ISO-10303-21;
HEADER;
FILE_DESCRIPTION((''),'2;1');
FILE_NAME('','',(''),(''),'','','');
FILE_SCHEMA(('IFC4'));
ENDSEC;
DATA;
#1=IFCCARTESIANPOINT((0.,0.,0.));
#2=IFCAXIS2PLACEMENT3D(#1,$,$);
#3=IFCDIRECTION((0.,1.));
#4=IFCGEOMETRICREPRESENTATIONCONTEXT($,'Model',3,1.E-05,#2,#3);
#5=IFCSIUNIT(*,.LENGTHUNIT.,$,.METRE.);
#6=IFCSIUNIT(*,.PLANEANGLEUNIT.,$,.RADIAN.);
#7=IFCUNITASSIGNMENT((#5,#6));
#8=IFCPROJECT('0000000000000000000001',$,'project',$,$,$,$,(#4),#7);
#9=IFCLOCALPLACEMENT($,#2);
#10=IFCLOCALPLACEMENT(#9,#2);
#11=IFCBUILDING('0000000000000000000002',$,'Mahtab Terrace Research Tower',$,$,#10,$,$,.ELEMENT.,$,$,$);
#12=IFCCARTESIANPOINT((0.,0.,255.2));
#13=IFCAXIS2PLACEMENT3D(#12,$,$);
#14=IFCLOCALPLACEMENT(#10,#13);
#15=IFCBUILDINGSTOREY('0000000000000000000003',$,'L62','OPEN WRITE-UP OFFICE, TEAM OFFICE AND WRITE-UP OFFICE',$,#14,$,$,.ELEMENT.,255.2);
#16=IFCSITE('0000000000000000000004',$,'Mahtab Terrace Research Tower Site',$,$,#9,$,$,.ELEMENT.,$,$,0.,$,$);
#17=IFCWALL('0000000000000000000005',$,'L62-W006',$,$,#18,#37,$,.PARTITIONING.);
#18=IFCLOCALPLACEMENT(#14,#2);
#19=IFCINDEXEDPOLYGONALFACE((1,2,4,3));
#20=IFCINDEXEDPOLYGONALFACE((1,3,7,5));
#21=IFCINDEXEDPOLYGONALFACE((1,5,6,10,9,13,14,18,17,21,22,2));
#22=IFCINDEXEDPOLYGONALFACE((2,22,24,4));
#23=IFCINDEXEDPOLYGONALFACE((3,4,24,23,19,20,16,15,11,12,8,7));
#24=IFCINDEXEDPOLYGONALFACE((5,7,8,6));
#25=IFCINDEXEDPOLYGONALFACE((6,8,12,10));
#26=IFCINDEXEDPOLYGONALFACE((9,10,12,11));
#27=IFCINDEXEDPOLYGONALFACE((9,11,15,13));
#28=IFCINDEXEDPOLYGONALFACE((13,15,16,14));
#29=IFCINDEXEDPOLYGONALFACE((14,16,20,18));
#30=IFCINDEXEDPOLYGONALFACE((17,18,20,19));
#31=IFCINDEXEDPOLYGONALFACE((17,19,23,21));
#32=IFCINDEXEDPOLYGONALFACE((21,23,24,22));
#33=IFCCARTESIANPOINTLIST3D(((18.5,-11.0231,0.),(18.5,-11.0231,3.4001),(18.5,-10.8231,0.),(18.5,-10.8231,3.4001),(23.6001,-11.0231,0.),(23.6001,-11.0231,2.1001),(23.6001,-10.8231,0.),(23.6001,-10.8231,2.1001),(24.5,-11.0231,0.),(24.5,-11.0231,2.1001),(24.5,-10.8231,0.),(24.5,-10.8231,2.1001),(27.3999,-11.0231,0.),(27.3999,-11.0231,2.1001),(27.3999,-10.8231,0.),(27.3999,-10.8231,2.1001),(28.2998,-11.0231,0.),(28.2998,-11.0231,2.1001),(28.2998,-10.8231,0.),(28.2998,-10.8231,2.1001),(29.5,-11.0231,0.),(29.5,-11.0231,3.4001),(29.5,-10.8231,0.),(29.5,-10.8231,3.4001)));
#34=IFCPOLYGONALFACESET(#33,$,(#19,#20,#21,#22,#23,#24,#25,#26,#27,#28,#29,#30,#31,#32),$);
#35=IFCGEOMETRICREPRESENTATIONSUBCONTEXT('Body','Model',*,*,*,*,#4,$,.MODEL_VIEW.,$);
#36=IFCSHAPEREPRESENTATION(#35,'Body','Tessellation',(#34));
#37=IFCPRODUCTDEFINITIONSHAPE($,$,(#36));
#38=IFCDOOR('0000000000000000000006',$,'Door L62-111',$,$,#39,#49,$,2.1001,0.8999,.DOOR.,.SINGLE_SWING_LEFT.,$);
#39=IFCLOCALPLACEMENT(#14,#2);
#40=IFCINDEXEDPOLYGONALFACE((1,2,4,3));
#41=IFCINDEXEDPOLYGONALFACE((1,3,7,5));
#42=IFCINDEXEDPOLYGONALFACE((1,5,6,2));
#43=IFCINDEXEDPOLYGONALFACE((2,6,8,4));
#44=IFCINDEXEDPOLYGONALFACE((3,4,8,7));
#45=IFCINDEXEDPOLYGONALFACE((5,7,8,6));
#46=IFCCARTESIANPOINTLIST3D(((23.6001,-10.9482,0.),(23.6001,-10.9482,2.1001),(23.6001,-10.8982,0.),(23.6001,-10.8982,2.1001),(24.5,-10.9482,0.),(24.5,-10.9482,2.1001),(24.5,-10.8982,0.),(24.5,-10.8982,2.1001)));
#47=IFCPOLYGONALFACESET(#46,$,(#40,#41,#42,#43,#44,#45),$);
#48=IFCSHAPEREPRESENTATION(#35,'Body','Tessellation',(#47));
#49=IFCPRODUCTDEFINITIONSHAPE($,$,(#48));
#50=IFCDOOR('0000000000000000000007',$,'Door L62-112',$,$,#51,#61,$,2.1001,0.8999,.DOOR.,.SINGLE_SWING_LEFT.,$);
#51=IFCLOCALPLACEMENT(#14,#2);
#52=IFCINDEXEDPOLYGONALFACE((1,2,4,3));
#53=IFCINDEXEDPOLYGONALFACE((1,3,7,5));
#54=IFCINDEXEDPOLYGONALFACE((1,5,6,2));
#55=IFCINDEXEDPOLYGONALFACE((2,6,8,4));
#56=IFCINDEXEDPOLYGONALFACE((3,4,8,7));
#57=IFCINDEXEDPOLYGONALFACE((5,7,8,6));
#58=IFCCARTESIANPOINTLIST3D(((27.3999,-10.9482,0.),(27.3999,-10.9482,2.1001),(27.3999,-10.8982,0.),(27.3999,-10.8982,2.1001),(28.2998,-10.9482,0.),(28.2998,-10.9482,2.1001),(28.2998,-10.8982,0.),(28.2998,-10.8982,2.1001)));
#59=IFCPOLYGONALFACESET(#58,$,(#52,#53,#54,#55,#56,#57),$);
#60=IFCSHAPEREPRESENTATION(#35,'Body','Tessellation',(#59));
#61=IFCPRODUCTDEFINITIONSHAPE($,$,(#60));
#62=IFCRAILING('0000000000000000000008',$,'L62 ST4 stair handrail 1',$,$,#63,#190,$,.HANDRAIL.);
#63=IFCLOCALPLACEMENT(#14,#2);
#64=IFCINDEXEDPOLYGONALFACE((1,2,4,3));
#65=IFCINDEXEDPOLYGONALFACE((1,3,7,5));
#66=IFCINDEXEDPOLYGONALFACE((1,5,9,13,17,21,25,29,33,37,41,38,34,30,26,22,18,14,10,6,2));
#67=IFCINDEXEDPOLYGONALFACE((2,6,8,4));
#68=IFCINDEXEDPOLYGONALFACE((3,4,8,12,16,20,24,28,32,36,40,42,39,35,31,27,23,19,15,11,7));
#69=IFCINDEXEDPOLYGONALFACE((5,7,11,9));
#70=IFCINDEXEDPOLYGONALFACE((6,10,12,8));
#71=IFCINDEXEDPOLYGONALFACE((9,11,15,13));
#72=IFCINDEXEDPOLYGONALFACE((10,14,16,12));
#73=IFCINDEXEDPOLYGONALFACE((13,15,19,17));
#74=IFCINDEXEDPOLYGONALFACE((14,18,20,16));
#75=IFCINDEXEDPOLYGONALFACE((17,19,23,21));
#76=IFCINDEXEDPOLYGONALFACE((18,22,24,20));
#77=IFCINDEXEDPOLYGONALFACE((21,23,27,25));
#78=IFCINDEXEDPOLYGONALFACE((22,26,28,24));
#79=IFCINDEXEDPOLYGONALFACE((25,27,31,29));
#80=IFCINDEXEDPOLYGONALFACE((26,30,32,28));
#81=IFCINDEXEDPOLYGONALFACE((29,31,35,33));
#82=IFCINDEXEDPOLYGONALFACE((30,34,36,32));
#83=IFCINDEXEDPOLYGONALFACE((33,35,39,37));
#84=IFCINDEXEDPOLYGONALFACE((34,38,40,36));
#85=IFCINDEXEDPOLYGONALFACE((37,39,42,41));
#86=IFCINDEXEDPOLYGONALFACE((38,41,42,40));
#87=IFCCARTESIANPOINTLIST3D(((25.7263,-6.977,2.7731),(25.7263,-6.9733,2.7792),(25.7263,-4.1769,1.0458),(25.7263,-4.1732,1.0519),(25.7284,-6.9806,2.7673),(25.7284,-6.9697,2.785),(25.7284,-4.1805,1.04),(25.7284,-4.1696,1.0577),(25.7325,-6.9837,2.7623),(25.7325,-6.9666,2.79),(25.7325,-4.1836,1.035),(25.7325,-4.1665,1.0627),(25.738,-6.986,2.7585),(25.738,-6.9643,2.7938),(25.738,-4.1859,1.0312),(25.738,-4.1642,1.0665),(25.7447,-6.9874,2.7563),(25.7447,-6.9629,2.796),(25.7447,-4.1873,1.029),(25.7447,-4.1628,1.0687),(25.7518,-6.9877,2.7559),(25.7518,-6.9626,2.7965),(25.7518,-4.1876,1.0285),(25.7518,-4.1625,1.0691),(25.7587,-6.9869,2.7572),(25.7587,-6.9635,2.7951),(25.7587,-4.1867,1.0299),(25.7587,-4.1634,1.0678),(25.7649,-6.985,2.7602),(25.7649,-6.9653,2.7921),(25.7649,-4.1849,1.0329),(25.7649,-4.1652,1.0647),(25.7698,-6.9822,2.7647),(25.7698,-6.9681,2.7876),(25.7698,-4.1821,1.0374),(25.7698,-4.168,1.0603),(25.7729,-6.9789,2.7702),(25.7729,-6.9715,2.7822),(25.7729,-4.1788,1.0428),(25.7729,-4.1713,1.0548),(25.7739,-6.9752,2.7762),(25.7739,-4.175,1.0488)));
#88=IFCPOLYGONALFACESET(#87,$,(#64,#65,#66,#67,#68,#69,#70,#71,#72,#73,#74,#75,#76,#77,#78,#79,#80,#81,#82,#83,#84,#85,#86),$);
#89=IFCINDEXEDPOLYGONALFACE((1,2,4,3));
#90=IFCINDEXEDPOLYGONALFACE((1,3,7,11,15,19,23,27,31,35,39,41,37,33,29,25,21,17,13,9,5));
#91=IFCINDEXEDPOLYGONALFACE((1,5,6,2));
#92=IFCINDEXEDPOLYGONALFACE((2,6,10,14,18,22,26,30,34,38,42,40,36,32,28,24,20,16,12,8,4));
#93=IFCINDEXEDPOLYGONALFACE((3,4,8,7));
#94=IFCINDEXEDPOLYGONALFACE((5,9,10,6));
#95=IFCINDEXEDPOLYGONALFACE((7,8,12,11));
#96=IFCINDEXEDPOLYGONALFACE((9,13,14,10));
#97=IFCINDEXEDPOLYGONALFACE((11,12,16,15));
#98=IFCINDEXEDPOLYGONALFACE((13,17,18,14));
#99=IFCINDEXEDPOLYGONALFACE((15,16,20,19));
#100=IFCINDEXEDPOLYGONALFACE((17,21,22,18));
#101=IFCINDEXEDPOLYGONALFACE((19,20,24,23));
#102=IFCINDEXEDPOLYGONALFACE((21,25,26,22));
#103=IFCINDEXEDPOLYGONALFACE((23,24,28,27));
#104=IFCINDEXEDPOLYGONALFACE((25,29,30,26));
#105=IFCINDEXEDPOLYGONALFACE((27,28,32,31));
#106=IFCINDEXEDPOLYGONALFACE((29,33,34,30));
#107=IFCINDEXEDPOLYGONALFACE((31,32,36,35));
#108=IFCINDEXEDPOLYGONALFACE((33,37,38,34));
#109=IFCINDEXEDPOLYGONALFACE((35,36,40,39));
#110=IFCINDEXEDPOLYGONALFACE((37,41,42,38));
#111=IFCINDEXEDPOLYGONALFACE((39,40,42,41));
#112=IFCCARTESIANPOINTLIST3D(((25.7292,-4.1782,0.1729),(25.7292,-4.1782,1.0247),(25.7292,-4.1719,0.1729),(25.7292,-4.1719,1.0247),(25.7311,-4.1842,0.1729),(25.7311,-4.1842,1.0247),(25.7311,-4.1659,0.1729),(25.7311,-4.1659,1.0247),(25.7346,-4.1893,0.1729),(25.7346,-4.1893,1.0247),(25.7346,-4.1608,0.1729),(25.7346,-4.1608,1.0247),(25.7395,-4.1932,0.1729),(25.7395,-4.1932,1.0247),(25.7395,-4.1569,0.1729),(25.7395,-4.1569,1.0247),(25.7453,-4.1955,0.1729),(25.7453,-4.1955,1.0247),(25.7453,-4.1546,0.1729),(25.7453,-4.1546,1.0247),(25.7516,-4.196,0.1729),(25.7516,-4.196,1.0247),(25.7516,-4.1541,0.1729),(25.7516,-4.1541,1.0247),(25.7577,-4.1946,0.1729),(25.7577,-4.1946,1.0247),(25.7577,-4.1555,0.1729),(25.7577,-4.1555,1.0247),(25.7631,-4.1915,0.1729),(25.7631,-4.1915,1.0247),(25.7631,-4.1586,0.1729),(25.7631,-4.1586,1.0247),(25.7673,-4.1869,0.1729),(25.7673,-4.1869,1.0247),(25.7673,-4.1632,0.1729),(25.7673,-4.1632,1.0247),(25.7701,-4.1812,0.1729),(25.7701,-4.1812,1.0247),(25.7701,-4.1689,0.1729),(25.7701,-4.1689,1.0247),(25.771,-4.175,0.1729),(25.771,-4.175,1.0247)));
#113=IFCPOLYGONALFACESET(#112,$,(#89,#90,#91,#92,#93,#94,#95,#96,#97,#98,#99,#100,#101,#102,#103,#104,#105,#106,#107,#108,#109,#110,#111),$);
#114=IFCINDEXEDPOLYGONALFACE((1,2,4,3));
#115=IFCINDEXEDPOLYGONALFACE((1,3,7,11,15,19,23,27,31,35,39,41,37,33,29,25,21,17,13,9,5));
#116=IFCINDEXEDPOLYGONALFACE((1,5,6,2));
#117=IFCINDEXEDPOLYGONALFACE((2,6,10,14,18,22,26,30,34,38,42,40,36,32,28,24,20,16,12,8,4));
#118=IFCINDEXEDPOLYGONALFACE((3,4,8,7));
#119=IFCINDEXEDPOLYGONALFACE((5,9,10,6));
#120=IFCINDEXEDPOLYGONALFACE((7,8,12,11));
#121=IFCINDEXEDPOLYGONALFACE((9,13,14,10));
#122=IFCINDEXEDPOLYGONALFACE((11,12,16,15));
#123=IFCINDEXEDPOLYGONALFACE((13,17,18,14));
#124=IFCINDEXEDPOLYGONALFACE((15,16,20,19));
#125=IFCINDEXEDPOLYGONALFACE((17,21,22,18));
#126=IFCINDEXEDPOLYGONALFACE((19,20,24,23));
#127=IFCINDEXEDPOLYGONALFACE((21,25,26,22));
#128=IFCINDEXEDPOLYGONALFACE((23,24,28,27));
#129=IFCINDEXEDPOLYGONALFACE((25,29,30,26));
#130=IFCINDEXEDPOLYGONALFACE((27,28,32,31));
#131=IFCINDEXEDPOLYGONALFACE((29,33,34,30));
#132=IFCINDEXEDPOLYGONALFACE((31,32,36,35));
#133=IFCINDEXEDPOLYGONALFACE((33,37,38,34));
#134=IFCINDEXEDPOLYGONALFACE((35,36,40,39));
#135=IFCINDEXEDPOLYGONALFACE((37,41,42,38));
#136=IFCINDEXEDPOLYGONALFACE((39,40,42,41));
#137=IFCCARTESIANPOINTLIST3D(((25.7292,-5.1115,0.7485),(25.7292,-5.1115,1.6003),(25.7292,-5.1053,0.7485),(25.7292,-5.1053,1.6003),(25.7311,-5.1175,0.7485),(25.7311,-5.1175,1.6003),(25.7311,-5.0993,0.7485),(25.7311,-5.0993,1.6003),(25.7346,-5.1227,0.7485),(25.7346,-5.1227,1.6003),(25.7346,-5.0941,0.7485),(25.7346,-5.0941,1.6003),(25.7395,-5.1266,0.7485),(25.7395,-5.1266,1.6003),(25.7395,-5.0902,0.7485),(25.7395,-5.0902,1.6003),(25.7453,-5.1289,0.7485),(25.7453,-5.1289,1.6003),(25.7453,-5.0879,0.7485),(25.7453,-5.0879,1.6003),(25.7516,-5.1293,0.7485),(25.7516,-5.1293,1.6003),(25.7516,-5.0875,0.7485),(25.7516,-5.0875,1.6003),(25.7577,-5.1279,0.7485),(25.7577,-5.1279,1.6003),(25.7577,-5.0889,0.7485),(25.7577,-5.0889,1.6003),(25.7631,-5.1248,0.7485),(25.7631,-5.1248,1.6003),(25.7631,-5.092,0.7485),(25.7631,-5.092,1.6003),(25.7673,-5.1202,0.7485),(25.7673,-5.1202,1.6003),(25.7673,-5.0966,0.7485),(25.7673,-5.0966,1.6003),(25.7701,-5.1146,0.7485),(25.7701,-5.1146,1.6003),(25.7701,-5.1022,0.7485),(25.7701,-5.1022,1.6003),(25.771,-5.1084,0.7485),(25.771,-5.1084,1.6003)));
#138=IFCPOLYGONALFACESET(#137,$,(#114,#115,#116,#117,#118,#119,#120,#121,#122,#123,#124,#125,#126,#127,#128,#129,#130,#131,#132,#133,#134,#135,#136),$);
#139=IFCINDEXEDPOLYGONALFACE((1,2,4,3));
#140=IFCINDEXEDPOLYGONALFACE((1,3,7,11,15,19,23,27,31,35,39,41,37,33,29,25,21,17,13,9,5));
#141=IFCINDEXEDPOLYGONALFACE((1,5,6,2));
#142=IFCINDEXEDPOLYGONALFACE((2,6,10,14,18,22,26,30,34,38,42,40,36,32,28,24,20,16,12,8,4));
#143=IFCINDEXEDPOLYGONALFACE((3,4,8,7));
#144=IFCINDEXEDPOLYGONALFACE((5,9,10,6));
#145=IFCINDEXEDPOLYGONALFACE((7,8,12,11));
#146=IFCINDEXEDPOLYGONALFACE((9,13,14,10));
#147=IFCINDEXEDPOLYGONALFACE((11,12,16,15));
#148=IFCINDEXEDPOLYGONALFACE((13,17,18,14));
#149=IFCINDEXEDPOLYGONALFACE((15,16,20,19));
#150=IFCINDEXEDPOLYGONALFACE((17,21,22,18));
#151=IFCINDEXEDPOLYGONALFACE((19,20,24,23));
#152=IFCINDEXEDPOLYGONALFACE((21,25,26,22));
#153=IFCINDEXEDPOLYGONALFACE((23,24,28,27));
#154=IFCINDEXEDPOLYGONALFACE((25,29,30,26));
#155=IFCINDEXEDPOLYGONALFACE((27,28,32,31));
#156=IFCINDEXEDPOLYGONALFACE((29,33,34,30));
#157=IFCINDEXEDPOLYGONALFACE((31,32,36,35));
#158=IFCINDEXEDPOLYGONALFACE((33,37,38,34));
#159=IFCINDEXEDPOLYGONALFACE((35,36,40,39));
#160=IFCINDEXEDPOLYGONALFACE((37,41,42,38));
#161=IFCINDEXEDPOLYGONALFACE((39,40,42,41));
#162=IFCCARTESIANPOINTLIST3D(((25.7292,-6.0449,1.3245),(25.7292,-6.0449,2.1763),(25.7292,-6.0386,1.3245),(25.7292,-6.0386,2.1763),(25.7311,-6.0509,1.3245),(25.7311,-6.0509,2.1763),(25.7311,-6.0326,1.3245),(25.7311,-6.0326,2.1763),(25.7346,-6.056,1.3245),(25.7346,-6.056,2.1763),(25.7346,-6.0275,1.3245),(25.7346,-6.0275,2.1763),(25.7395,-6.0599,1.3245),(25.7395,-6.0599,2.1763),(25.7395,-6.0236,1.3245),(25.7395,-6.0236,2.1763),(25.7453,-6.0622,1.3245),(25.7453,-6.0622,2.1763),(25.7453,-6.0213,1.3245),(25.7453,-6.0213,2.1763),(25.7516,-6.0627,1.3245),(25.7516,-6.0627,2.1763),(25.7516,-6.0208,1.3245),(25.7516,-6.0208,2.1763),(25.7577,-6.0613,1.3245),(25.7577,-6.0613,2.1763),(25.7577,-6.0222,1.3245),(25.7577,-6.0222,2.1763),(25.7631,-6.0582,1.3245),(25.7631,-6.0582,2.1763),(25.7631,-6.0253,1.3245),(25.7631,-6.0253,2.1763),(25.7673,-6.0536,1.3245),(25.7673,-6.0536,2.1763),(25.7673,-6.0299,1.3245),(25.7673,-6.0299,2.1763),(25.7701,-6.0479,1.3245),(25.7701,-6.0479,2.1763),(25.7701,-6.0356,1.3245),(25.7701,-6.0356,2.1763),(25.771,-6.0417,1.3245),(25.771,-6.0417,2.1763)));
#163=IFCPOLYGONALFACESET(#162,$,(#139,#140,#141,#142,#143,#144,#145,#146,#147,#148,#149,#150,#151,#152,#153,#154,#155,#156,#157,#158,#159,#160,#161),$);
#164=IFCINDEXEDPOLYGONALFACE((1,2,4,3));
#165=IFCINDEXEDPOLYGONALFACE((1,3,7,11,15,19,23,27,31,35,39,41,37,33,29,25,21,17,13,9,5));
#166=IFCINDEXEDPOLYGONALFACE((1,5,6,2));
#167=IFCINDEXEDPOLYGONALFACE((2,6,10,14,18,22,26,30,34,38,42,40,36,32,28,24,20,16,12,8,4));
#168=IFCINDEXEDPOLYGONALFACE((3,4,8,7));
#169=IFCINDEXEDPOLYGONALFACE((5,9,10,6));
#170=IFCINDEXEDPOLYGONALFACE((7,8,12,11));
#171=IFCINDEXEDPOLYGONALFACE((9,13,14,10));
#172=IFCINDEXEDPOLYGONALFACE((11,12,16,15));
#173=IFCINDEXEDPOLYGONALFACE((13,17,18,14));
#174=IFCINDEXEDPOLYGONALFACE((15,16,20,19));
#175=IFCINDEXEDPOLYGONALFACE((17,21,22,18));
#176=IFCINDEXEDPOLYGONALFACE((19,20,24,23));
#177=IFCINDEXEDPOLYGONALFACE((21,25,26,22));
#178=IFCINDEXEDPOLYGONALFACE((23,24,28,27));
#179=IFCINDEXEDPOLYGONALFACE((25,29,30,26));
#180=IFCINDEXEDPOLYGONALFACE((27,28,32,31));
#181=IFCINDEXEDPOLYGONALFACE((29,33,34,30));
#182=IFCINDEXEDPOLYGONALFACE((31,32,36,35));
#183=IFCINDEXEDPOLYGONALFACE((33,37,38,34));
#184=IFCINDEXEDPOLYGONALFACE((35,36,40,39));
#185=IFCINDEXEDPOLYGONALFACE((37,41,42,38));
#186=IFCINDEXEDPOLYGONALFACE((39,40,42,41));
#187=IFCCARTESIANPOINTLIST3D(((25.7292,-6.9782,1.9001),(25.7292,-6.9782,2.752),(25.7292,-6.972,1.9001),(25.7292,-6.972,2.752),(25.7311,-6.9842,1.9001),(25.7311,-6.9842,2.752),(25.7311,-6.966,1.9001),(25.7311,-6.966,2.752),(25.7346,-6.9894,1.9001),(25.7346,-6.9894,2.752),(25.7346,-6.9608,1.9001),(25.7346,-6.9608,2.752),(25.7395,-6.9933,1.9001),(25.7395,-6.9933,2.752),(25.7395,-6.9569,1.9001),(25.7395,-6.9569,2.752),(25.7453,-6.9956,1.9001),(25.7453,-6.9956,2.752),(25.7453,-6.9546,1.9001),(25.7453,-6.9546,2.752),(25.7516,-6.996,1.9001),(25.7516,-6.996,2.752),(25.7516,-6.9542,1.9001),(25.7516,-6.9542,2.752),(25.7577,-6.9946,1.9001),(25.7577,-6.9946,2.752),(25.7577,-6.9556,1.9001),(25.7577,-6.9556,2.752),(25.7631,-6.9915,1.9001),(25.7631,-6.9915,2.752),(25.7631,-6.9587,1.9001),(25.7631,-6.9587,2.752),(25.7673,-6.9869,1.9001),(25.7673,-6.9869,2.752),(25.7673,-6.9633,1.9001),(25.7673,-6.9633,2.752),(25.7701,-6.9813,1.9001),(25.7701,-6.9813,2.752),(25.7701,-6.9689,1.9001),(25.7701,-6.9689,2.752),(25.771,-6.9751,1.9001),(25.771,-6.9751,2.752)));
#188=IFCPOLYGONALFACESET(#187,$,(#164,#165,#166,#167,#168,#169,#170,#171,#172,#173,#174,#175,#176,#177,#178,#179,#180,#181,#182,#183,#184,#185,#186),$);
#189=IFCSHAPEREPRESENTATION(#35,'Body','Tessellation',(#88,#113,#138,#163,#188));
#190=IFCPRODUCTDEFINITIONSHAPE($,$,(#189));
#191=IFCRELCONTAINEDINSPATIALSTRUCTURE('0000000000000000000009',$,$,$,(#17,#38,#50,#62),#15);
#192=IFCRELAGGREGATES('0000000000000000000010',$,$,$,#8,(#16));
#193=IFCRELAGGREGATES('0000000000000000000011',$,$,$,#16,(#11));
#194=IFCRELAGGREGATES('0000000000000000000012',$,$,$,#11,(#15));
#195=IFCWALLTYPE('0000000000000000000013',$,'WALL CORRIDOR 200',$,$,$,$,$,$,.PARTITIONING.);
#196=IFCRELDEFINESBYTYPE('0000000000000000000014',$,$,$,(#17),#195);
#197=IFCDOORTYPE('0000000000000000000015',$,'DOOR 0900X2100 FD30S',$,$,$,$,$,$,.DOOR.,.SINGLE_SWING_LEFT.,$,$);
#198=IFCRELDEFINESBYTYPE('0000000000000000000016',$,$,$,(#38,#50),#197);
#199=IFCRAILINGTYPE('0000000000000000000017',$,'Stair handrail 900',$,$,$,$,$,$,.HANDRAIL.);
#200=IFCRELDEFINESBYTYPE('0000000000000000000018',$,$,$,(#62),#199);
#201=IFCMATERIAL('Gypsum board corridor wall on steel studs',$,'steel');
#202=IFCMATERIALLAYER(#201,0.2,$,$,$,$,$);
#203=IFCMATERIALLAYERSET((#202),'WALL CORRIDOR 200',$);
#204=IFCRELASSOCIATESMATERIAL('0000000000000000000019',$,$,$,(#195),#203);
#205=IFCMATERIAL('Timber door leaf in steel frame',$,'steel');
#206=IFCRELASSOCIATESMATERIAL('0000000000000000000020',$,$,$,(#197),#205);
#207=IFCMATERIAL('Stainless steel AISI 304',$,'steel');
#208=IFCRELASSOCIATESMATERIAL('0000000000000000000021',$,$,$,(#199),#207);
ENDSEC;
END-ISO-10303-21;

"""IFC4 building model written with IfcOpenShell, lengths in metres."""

from ifc_helpers import new_model, si_unit, direction, frame, frame_2d, origin, origin_2d, place, context, subcontext, project, spatial, rectangle, circle, extrude, material, layer, layer_set, type_object, element, fill, save


model = new_model("IFC4")

# Units and contexts
model_context = context("Model", 3, precision=1e-05, world=origin(), true_north=direction((0.0, 1.0)))
body_context = subcontext(model_context, "Body", "Model", "MODEL_VIEW")
ifc_project = project(units=[si_unit("LENGTHUNIT", "METRE"), si_unit("PLANEANGLEUNIT", "RADIAN")], contexts=[model_context])

# Site, building, storey
site_placement = place(None, origin())
site = spatial("IfcSite", under=ifc_project, at=site_placement, Name="Mahtab Terrace Research Tower Site", CompositionType="ELEMENT", RefElevation=0.0)
building_placement = place(site_placement, origin())
building = spatial("IfcBuilding", under=site, at=building_placement, Name="Mahtab Terrace Research Tower", CompositionType="ELEMENT")
storey_placement = place(building_placement, frame((0.0, 0.0, 255.2)))
storey = spatial("IfcBuildingStorey", under=building, at=storey_placement, Name="L62", Description="OPEN WRITE-UP OFFICE, TEAM OFFICE AND WRITE-UP OFFICE", CompositionType="ELEMENT", Elevation=255.2)

# Shared definitions
ifc_material_1 = material(Name="Stainless steel AISI 304", Category="steel")

# Wall, openings, doors
ifc_material_2 = material(Name="Gypsum board corridor wall on steel studs", Category="steel")
ifc_layer_1 = layer(ifc_material_2, 0.2)
ifc_layer_set_1 = layer_set([ifc_layer_1], Name="WALL CORRIDOR 200")
wall_type_1 = type_object("IfcWallType", Name="WALL CORRIDOR 200", PredefinedType="PARTITIONING", material=ifc_layer_set_1)
wall_1_placement = place(storey_placement, frame((18.5, -10.9231, 0.0), z_axis=(0.0, 0.0, 1.0), x_axis=(1.0, 0.0, 0.0)))
wall_1 = element("IfcWall", 1, at=wall_1_placement, inside=storey, type_object=wall_type_1, Name="L62-W006", PredefinedType="PARTITIONING", context=body_context, shape_type="SweptSolid", body=[
    extrude(rectangle(XDim=11.0, YDim=0.2, at=frame_2d((5.5, 0.0))), origin(), (0.0, 0.0, 1.0), 3.4001),
])
opening_1_placement = place(wall_1_placement, frame((5.1001, 0.0, 0.0)))
opening_1 = element("IfcOpeningElement", 2, at=opening_1_placement, cuts=wall_1, PredefinedType="OPENING", context=body_context, shape_type="SweptSolid", body=[
    extrude(rectangle(XDim=0.8999, YDim=2.1001, at=frame_2d((0.45, 1.05))), frame((0.0, 0.1099, 0.0), z_axis=(0.0, -1.0, 0.0), x_axis=(1.0, 0.0, 0.0)), (0.0, 0.0, 1.0), 0.22),
])
opening_2_placement = place(wall_1_placement, frame((8.8999, 0.0, 0.0)))
opening_2 = element("IfcOpeningElement", 3, at=opening_2_placement, cuts=wall_1, PredefinedType="OPENING", context=body_context, shape_type="SweptSolid", body=[
    extrude(rectangle(XDim=0.8999, YDim=2.1001, at=frame_2d((0.45, 1.05))), frame((0.0, 0.1099, 0.0), z_axis=(0.0, -1.0, 0.0), x_axis=(1.0, 0.0, 0.0)), (0.0, 0.0, 1.0), 0.22),
])
ifc_material_3 = material(Name="Timber door leaf in steel frame", Category="steel")
door_type_1 = type_object("IfcDoorType", Name="DOOR 0900X2100 FD30S", OperationType="SINGLE_SWING_LEFT", PredefinedType="DOOR", material=ifc_material_3)
door_1_placement = place(opening_1_placement, origin())
door_1 = element("IfcDoor", 4, at=door_1_placement, inside=storey, type_object=door_type_1, Name="Door L62-111", OperationType="SINGLE_SWING_LEFT", OverallHeight=2.1001, OverallWidth=0.8999, PredefinedType="DOOR", context=body_context, shape_type="SweptSolid", body=[
    extrude(rectangle(XDim=0.8999, YDim=2.1001, at=frame_2d((0.45, 1.05))), frame((0.0, 0.0249, 0.0), z_axis=(0.0, -1.0, 0.0), x_axis=(1.0, 0.0, 0.0)), (0.0, 0.0, 1.0), 0.05),
])
fill(opening_1, door_1)
door_2_placement = place(opening_2_placement, origin())
door_2 = element("IfcDoor", 5, at=door_2_placement, inside=storey, type_object=door_type_1, Name="Door L62-112", OperationType="SINGLE_SWING_LEFT", OverallHeight=2.1001, OverallWidth=0.8999, PredefinedType="DOOR", context=body_context, shape_type="SweptSolid", body=[
    extrude(rectangle(XDim=0.8999, YDim=2.1001, at=frame_2d((0.45, 1.05))), frame((0.0, 0.0249, 0.0), z_axis=(0.0, -1.0, 0.0), x_axis=(1.0, 0.0, 0.0)), (0.0, 0.0, 1.0), 0.05),
])
fill(opening_2, door_2)

# Railing
railing_type = type_object("IfcRailingType", Name="Stair handrail 900", PredefinedType="HANDRAIL", material=ifc_material_1)
railing_placement = place(storey_placement, frame((25.75, -4.175, 0.1729)))
element("IfcRailing", 6, at=railing_placement, inside=storey, type_object=railing_type, Name="L62 ST4 stair handrail 1", PredefinedType="HANDRAIL", context=body_context, shape_type="SweptSolid", body=[
    extrude(circle(Radius=0.0239, at=origin_2d()), frame((0.0, 0.0, 0.876), z_axis=(0.0, -0.85109, 0.52502), x_axis=(1.0, 0.0, 0.0)), (0.0, 0.0, 1.0), 3.29),
    extrude(circle(Radius=0.021, at=origin_2d()), origin(), (0.0, 0.0, 1.0), 0.8518),
    extrude(circle(Radius=0.021, at=origin_2d()), frame((0.0, -0.9333, 0.5757)), (0.0, 0.0, 1.0), 0.8518),
    extrude(circle(Radius=0.021, at=origin_2d()), frame((0.0, -1.8667, 1.1516)), (0.0, 0.0, 1.0), 0.8518),
    extrude(circle(Radius=0.021, at=origin_2d()), frame((0.0, -2.8, 1.7273)), (0.0, 0.0, 1.0), 0.8518),
])

save(model, "model.ifc")
